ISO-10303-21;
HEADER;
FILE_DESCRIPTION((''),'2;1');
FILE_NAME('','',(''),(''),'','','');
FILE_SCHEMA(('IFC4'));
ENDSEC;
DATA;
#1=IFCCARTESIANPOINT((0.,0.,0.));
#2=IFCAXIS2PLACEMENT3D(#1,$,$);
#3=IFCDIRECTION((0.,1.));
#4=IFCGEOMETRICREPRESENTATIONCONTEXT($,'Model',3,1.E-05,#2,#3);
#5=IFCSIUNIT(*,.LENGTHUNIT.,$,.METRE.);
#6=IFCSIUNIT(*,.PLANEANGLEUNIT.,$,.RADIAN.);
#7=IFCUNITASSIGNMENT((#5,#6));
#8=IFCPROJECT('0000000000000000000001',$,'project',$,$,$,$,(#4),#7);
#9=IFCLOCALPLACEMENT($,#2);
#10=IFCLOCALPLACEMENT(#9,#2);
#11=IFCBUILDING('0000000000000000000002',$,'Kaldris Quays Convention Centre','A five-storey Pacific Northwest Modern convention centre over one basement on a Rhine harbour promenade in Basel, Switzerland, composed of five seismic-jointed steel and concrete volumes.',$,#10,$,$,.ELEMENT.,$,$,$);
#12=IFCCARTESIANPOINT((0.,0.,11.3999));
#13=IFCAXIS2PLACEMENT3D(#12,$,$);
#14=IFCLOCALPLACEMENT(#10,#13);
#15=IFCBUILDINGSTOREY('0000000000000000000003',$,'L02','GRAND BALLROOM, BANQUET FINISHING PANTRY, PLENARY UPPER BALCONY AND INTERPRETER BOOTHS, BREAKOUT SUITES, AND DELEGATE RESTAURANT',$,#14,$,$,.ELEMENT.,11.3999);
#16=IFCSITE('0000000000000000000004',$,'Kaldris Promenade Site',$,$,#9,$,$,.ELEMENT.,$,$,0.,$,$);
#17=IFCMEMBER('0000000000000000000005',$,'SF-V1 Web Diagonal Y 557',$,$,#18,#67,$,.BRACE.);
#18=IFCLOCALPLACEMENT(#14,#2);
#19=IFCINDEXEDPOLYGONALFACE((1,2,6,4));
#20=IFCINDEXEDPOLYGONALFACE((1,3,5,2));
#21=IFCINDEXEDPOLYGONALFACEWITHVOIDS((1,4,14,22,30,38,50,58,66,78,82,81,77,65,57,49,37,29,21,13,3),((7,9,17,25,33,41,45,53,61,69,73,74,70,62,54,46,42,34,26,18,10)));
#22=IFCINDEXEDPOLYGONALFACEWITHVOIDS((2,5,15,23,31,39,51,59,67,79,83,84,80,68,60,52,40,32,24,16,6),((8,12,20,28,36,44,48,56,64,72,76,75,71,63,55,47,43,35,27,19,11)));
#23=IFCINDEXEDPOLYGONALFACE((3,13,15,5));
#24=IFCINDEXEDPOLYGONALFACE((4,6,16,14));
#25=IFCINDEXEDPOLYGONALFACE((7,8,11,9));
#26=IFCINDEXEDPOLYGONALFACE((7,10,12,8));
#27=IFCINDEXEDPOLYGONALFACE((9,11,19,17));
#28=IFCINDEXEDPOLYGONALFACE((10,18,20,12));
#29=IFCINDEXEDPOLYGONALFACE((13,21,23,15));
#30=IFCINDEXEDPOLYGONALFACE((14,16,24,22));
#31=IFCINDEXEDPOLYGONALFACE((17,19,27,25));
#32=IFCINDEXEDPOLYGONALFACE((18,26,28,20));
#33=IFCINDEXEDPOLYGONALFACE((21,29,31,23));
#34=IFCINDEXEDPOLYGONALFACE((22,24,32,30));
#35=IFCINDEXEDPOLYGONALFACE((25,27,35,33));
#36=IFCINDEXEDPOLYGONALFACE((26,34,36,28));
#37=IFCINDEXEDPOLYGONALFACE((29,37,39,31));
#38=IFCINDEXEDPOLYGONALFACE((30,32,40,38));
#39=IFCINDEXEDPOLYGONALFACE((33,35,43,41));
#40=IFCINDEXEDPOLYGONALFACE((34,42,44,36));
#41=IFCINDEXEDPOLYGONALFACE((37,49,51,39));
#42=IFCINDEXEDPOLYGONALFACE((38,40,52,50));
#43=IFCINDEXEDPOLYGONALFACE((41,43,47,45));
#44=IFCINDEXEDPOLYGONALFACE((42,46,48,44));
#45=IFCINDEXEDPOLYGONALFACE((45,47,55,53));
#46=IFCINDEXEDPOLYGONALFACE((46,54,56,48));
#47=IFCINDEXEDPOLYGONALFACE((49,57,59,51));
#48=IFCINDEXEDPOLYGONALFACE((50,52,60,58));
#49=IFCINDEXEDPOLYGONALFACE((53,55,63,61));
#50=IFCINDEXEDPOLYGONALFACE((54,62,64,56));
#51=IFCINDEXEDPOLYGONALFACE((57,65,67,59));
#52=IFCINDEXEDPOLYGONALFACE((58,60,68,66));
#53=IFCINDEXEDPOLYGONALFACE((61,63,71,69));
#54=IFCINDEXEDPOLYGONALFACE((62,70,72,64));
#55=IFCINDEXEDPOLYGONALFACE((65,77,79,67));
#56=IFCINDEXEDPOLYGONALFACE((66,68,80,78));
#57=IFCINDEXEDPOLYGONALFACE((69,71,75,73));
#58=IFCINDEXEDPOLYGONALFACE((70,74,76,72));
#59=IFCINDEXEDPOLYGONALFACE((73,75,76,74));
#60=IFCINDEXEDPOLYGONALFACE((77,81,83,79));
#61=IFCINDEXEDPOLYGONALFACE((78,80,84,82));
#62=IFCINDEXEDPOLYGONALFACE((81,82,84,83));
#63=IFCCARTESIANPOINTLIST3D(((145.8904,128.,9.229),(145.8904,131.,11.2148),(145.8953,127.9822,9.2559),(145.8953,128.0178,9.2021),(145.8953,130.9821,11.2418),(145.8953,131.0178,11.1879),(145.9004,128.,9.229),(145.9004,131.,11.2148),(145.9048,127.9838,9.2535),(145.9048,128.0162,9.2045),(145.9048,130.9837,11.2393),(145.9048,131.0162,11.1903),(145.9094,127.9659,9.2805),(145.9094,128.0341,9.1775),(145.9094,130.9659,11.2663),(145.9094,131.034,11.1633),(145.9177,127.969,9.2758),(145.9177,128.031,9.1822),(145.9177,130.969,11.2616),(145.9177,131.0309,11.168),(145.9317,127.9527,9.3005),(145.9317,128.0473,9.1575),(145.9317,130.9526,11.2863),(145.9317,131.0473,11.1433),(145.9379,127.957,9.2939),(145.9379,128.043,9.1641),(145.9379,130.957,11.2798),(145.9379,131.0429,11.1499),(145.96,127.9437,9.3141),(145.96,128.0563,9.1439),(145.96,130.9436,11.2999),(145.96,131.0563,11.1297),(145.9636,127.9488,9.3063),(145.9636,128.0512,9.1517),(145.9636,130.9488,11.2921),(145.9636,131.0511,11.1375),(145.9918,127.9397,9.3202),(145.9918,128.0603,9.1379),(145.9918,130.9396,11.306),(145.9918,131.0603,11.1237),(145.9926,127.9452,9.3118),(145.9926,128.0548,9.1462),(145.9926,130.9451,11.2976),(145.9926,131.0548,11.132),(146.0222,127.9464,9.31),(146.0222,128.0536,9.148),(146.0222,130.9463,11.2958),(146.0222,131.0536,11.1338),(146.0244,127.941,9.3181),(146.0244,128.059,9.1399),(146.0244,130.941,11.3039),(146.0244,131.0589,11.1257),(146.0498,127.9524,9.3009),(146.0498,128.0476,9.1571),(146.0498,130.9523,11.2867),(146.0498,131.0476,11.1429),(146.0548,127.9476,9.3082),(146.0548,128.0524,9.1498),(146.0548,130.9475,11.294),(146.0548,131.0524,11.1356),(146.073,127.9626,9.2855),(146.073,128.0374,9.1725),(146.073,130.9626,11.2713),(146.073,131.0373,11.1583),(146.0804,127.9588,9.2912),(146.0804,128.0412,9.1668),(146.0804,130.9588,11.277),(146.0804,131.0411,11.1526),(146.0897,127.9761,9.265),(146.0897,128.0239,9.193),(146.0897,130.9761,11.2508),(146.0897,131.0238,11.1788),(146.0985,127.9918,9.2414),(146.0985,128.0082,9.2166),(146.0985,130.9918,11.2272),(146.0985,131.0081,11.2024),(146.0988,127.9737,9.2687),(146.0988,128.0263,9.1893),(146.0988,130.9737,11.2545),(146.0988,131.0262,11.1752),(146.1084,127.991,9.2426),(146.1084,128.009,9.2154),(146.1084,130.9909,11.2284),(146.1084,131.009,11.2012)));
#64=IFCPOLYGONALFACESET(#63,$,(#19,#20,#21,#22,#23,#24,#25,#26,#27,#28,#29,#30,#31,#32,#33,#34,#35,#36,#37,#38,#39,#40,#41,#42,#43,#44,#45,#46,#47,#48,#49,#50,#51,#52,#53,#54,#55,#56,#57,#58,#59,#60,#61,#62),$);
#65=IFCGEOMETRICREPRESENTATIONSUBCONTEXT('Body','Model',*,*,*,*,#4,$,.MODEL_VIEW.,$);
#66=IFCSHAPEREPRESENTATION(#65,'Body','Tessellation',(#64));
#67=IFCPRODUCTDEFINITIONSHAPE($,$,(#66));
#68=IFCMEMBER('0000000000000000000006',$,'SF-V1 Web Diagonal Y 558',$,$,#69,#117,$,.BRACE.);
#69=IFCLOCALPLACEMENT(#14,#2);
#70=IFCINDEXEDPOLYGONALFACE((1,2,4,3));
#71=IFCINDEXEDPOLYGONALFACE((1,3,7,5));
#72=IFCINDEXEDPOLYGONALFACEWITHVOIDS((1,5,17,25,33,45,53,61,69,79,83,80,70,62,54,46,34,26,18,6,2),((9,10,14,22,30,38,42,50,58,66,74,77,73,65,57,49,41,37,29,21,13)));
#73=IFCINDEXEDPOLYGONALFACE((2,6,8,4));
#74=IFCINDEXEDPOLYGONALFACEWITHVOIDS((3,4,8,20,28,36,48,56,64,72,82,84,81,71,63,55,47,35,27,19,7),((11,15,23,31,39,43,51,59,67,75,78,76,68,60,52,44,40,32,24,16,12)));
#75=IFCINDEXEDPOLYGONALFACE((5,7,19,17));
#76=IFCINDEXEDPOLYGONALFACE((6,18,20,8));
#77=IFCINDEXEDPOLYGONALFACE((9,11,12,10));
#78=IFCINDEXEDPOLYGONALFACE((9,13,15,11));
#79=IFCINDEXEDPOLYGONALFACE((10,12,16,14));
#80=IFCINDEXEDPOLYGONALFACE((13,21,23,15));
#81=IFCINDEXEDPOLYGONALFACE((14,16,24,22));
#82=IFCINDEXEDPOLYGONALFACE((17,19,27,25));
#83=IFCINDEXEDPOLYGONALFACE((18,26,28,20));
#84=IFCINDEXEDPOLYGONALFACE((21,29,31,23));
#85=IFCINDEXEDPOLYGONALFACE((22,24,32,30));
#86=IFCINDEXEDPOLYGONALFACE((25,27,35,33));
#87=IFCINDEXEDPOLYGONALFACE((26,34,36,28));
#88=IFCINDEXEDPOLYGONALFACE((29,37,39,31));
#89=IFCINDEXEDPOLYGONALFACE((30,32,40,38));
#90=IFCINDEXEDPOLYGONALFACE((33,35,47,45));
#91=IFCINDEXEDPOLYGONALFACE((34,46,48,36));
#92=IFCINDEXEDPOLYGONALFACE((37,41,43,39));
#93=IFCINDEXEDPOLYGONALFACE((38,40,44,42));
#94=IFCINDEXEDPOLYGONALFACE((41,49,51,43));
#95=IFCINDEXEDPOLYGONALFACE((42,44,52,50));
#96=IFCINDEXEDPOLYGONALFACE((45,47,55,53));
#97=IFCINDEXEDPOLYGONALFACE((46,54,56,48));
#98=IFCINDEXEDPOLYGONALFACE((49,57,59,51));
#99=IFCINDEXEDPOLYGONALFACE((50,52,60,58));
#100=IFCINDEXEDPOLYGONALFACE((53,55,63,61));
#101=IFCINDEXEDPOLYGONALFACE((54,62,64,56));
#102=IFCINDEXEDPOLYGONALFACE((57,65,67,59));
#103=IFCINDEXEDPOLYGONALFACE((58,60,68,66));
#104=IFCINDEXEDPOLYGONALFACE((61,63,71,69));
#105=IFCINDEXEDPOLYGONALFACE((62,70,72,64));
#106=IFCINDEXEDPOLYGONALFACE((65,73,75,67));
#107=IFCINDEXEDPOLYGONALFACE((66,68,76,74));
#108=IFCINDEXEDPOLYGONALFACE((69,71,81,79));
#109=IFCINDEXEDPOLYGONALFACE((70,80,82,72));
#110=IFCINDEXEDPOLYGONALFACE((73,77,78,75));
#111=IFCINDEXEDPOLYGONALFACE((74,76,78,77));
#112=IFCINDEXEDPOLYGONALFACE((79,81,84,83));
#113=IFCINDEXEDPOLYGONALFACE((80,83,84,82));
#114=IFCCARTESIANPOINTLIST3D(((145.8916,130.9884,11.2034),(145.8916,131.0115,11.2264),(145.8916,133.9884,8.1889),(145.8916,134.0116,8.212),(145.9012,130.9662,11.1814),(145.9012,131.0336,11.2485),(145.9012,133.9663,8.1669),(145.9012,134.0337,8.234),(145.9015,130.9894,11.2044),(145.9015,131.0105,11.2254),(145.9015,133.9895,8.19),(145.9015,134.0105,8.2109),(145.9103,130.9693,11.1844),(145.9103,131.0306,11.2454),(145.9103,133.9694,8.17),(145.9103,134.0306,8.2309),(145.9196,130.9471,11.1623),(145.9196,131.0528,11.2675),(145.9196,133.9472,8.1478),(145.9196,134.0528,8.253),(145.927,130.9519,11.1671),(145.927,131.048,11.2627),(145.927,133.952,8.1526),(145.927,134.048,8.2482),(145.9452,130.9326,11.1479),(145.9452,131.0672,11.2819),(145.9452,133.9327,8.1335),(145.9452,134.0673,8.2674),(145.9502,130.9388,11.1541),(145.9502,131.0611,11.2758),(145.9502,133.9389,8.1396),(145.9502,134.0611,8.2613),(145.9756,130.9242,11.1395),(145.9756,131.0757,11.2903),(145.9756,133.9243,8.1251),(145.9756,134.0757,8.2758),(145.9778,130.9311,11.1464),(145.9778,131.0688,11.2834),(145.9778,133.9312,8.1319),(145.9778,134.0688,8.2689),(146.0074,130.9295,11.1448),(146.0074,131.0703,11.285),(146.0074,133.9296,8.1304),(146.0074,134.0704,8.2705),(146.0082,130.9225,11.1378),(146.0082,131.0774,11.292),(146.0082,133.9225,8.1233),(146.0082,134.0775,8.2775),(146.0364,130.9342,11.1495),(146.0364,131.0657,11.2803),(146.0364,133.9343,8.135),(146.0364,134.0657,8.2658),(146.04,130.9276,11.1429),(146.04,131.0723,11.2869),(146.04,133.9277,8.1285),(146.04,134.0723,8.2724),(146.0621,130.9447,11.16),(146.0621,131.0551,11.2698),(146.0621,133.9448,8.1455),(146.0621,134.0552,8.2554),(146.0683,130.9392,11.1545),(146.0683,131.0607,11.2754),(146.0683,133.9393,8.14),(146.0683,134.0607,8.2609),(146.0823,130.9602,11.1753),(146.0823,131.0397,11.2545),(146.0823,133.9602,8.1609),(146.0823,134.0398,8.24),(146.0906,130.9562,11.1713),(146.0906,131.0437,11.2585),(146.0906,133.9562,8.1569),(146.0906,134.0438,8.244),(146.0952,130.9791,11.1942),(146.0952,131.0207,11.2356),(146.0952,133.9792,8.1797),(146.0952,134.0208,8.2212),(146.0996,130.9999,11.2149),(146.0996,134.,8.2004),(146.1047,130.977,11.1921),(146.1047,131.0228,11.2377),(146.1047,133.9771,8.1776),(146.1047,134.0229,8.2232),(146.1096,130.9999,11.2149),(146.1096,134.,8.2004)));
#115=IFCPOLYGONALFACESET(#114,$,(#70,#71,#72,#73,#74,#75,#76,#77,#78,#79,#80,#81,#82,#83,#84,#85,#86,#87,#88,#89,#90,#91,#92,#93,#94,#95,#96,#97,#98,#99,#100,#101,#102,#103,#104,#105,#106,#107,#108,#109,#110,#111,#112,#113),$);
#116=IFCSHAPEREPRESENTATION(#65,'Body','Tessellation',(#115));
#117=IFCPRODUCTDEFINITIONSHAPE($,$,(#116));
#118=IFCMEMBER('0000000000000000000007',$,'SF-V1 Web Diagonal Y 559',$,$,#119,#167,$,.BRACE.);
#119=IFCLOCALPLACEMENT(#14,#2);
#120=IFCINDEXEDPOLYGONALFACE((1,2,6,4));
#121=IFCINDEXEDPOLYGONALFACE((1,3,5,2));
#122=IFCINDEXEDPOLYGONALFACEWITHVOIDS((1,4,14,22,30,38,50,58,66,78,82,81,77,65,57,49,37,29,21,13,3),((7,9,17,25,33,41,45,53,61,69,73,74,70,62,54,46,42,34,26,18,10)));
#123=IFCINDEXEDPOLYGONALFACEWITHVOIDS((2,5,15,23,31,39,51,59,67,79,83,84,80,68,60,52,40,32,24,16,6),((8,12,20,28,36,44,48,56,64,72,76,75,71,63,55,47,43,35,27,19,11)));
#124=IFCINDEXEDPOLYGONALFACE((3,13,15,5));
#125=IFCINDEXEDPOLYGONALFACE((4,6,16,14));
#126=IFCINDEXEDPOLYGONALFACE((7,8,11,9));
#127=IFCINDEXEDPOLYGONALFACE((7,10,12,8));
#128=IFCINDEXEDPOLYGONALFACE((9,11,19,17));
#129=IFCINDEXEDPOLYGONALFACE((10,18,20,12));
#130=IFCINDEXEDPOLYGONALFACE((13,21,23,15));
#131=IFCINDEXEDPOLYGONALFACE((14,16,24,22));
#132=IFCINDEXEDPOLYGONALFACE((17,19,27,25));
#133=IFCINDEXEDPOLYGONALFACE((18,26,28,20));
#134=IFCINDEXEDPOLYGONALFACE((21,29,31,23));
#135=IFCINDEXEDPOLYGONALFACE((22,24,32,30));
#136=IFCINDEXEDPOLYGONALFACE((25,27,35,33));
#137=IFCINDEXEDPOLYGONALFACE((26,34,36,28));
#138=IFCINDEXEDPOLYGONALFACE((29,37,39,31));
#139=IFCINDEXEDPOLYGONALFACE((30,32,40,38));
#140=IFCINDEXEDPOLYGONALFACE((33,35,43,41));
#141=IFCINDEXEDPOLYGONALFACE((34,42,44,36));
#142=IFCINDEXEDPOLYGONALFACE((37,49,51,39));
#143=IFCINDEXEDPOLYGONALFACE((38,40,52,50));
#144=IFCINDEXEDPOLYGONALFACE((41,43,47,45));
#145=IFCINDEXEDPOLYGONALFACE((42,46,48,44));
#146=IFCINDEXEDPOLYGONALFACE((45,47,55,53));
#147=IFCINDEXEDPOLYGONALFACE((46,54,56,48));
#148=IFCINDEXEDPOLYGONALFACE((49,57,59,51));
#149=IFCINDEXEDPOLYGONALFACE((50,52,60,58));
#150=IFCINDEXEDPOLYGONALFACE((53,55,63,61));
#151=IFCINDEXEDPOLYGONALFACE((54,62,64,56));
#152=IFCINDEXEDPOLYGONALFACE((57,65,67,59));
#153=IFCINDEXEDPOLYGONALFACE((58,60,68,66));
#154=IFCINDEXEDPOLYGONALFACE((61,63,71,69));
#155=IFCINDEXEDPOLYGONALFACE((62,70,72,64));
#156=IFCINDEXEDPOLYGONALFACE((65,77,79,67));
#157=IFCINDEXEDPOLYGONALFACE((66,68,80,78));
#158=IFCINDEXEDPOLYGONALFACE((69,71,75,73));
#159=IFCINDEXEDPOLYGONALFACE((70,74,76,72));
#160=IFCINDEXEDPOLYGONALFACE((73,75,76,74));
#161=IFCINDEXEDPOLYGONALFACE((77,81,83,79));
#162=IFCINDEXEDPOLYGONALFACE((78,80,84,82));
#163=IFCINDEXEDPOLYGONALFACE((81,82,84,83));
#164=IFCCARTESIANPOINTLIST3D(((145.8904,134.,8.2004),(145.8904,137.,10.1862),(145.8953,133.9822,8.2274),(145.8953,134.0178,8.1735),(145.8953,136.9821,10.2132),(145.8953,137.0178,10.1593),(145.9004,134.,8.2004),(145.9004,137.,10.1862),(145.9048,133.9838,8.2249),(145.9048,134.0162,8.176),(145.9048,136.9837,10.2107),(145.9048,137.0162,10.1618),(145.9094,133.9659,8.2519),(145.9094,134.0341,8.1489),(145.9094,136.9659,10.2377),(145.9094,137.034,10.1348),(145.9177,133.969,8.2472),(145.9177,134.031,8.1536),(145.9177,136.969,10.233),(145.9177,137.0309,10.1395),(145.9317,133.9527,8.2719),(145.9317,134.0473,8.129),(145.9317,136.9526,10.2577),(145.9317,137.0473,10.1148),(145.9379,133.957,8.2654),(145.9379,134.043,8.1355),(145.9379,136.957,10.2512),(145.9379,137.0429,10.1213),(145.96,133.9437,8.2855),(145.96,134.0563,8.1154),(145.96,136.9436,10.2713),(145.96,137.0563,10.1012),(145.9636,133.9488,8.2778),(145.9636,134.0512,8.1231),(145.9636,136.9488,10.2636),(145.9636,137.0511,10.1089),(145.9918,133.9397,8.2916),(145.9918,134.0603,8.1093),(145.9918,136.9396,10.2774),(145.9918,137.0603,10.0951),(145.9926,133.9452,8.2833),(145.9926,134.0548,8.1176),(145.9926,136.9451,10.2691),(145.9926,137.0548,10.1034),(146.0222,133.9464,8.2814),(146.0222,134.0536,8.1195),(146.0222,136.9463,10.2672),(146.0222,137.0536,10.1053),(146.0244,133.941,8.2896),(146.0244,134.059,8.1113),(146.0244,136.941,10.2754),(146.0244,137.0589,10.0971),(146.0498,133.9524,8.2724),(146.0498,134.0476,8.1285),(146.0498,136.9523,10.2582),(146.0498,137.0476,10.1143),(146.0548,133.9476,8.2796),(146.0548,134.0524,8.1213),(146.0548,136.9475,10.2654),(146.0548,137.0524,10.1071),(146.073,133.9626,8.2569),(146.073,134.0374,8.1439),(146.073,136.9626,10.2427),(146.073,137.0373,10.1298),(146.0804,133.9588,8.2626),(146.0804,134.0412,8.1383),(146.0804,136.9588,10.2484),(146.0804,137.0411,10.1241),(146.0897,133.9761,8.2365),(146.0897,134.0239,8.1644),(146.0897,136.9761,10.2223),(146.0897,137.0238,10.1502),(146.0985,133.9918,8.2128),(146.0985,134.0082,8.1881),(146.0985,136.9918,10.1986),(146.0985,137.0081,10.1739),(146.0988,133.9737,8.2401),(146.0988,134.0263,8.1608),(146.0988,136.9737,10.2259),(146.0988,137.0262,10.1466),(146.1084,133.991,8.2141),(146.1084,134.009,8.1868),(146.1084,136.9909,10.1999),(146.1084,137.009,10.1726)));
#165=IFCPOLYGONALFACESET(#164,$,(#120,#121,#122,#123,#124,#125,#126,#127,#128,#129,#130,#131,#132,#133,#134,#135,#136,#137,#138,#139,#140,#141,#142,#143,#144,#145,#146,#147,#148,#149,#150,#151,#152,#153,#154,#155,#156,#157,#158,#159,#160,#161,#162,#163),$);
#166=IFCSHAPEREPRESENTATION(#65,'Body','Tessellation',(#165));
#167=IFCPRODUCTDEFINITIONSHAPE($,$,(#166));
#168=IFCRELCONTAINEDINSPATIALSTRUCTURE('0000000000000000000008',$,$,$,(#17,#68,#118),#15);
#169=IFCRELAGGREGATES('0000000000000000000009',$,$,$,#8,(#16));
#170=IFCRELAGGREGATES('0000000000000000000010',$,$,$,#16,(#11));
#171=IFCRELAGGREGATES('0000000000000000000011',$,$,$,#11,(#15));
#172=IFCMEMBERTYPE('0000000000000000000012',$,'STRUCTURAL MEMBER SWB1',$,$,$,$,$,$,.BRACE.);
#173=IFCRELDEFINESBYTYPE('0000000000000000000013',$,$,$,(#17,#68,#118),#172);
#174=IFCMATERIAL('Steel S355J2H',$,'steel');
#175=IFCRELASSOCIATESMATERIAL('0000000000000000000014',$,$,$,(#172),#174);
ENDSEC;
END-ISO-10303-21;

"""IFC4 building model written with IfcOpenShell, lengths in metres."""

from ifc_helpers import new_model, si_unit, direction, frame, origin, origin_2d, place, context, subcontext, project, spatial, hollow_circle, extrude, material, material_profile, profile_set, type_object, element, save


model = new_model("IFC4")

# Units and contexts
model_context = context("Model", 3, precision=1e-05, world=origin(), true_north=direction((0.0, 1.0)))
body_context = subcontext(model_context, "Body", "Model", "MODEL_VIEW")
ifc_project = project(units=[si_unit("LENGTHUNIT", "METRE"), si_unit("PLANEANGLEUNIT", "RADIAN")], contexts=[model_context])

# Site, building, storey
site_placement = place(None, origin())
site = spatial("IfcSite", under=ifc_project, at=site_placement, Name="Kaldris Promenade Site", CompositionType="ELEMENT", RefElevation=0.0)
building_placement = place(site_placement, origin())
building = spatial("IfcBuilding", under=site, at=building_placement, Name="Kaldris Quays Convention Centre", Description="A five-storey Pacific Northwest Modern convention centre over one basement on a Rhine harbour promenade in Basel, Switzerland, composed of five seismic-jointed steel and concrete volumes.", CompositionType="ELEMENT")
storey_placement = place(building_placement, frame((0.0, 0.0, 11.3999)))
storey = spatial("IfcBuildingStorey", under=building, at=storey_placement, Name="L02", Description="GRAND BALLROOM, BANQUET FINISHING PANTRY, PLENARY UPPER BALCONY AND INTERPRETER BOOTHS, BREAKOUT SUITES, AND DELEGATE RESTAURANT", CompositionType="ELEMENT", Elevation=11.3999)

# Members
ifc_material_1 = material(Name="Steel S355J2H", Category="steel")
ifc_material_profile_1 = material_profile(ifc_material_1, hollow_circle(Radius=0.1096, WallThickness=0.01, at=origin_2d()), Name="CHS 219.1x10")
ifc_profile_set_1 = profile_set([ifc_material_profile_1], Name="Steel S355J2H")
member_type_1 = type_object("IfcMemberType", Name="STRUCTURAL MEMBER SWB1", PredefinedType="BRACE", material=ifc_profile_set_1)
member_1_placement = place(storey_placement, frame((146.0, 128.0, 9.229), z_axis=(0.0, 0.833862, 0.551972), x_axis=(-1.0, 0.0, 0.0)))
element("IfcMember", 1, at=member_1_placement, inside=storey, type_object=member_type_1, Name="SF-V1 Web Diagonal Y 557", PredefinedType="BRACE", context=body_context, shape_type="SweptSolid", body=[
    extrude(hollow_circle(Radius=0.1096, WallThickness=0.01, at=origin_2d()), origin(), (0.0, 0.0, 1.0), 3.5977),
])
member_2_placement = place(storey_placement, frame((146.0, 134.0, 8.2004), z_axis=(0.0, -0.705411, 0.708798), x_axis=(1.0, 0.0, 0.0)))
element("IfcMember", 2, at=member_2_placement, inside=storey, type_object=member_type_1, Name="SF-V1 Web Diagonal Y 558", PredefinedType="BRACE", context=body_context, shape_type="SweptSolid", body=[
    extrude(hollow_circle(Radius=0.1096, WallThickness=0.01, at=origin_2d()), origin(), (0.0, 0.0, 1.0), 4.2529),
])
member_3_placement = place(storey_placement, frame((146.0, 134.0, 8.2004), z_axis=(0.0, 0.833862, 0.551972), x_axis=(-1.0, 0.0, 0.0)))
element("IfcMember", 3, at=member_3_placement, inside=storey, type_object=member_type_1, Name="SF-V1 Web Diagonal Y 559", PredefinedType="BRACE", context=body_context, shape_type="SweptSolid", body=[
    extrude(hollow_circle(Radius=0.1096, WallThickness=0.01, at=origin_2d()), origin(), (0.0, 0.0, 1.0), 3.5977),
])

save(model, "model.ifc")
